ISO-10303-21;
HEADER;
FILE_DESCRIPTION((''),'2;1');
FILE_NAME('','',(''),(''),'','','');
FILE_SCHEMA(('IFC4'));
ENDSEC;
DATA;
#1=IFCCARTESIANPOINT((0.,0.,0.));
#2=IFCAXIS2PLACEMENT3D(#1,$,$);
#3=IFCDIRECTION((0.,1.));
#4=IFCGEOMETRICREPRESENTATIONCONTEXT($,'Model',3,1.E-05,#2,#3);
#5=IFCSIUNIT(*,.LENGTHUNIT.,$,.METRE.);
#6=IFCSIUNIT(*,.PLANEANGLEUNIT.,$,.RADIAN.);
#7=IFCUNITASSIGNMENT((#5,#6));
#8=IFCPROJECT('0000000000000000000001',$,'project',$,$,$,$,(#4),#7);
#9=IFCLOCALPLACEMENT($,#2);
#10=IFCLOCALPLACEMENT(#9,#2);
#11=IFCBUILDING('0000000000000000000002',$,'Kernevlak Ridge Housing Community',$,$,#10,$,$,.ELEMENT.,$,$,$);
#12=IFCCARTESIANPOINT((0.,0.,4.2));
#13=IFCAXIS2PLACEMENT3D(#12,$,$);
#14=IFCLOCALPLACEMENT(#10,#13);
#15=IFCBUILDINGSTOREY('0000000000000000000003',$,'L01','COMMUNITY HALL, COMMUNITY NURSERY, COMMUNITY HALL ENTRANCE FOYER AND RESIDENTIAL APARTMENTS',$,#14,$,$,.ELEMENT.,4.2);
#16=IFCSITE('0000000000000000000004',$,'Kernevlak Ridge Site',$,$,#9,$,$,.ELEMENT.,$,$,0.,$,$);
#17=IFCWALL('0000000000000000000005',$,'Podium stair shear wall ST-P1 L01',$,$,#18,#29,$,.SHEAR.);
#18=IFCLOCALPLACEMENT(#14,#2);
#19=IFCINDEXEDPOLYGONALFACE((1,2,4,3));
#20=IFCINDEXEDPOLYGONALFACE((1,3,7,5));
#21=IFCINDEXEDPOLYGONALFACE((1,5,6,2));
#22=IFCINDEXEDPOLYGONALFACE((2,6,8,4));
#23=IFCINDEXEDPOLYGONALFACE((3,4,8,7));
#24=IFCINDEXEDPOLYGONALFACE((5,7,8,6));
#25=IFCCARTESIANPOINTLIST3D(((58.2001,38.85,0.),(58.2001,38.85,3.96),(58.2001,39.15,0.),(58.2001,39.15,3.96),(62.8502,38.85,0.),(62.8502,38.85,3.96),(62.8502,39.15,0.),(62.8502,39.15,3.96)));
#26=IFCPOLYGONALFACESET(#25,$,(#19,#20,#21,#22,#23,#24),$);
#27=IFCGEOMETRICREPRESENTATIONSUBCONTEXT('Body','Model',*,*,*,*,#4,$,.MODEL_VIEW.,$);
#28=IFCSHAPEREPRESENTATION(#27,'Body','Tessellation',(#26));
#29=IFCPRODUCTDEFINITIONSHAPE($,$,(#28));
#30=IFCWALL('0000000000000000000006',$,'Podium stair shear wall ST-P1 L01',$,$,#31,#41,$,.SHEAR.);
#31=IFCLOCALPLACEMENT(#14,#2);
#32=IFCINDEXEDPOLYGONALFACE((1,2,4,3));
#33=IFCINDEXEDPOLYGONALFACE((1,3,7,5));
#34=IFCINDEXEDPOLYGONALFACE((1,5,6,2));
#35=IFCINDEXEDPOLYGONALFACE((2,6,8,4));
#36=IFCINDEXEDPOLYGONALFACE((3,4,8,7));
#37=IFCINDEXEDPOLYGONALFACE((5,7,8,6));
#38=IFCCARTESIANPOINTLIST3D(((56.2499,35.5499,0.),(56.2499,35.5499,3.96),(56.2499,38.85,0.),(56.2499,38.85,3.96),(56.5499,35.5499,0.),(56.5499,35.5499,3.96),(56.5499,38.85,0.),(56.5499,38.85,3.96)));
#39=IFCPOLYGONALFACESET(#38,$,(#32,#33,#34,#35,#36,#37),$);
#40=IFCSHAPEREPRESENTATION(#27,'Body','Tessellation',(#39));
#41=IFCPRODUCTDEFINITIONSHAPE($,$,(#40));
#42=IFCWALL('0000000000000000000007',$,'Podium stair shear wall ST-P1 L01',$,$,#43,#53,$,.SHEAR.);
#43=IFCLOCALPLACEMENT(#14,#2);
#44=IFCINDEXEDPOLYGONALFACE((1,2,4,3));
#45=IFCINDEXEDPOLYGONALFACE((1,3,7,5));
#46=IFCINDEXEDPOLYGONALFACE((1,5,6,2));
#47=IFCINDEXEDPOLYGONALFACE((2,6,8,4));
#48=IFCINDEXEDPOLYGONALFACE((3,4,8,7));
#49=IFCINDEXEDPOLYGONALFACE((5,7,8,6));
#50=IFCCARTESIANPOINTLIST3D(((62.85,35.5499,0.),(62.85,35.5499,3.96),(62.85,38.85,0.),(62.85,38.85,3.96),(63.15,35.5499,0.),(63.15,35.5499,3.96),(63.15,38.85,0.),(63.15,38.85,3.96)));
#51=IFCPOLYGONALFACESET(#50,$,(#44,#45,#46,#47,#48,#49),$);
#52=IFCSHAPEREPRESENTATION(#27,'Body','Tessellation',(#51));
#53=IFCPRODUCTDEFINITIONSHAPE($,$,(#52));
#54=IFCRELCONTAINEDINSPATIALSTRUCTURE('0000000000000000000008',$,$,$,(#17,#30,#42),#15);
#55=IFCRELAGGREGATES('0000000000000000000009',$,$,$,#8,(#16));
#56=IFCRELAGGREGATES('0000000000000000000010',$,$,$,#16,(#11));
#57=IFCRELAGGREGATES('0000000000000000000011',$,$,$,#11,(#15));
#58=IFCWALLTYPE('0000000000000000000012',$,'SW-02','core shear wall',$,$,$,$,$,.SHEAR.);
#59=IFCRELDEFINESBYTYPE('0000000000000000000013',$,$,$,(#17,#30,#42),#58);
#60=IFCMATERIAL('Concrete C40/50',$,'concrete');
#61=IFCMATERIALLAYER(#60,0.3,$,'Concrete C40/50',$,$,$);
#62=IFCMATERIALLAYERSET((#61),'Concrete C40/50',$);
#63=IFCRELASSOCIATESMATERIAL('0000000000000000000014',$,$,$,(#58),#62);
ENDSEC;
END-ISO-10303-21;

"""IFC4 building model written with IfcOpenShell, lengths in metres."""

from ifc_helpers import new_model, si_unit, direction, frame, frame_2d, origin, place, context, subcontext, project, spatial, rectangle, extrude, material, layer, layer_set, type_object, element, save


model = new_model("IFC4")

# Units and contexts
model_context = context("Model", 3, precision=1e-05, world=origin(), true_north=direction((0.0, 1.0)))
body_context = subcontext(model_context, "Body", "Model", "MODEL_VIEW")
ifc_project = project(units=[si_unit("LENGTHUNIT", "METRE"), si_unit("PLANEANGLEUNIT", "RADIAN")], contexts=[model_context])

# Site, building, storey
site_placement = place(None, origin())
site = spatial("IfcSite", under=ifc_project, at=site_placement, Name="Kernevlak Ridge Site", CompositionType="ELEMENT", RefElevation=0.0)
building_placement = place(site_placement, origin())
building = spatial("IfcBuilding", under=site, at=building_placement, Name="Kernevlak Ridge Housing Community", CompositionType="ELEMENT")
storey_placement = place(building_placement, frame((0.0, 0.0, 4.2)))
storey = spatial("IfcBuildingStorey", under=building, at=storey_placement, Name="L01", Description="COMMUNITY HALL, COMMUNITY NURSERY, COMMUNITY HALL ENTRANCE FOYER AND RESIDENTIAL APARTMENTS", CompositionType="ELEMENT", Elevation=4.2)

# Walls
ifc_material_1 = material(Name="Concrete C40/50", Category="concrete")
ifc_layer_1 = layer(ifc_material_1, 0.3, Name="Concrete C40/50")
ifc_layer_set_1 = layer_set([ifc_layer_1], Name="Concrete C40/50")
wall_type_1 = type_object("IfcWallType", Name="SW-02", Description="core shear wall", PredefinedType="SHEAR", material=ifc_layer_set_1)
wall_1_placement = place(storey_placement, frame((58.2, 39.0, 0.0), z_axis=(0.0, 0.0, 1.0), x_axis=(1.0, 0.0, 0.0)))
element("IfcWall", 1, at=wall_1_placement, inside=storey, type_object=wall_type_1, Name="Podium stair shear wall ST-P1 L01", PredefinedType="SHEAR", context=body_context, shape_type="SweptSolid", body=[
    extrude(rectangle(XDim=4.6501, YDim=0.3, at=frame_2d((2.3252, 0.0))), origin(), (0.0, 0.0, 1.0), 3.96),
])
for number, where, z_axis, x_axis, name in (
    (2, (56.3999, 35.55, 0.0), (0.0, 0.0, 1.0), (0.0, 1.0, 0.0), "Podium stair shear wall ST-P1 L01"),
    (3, (63.0, 35.55, 0.0), (0.0, 0.0, 1.0), (0.0, 1.0, 0.0), "Podium stair shear wall ST-P1 L01"),
):
    element("IfcWall", number, at=place(storey_placement, frame(where, z_axis=z_axis, x_axis=x_axis)), inside=storey, type_object=wall_type_1, Name=name, PredefinedType="SHEAR", context=body_context, shape_type="SweptSolid", body=[
        extrude(rectangle(XDim=3.3, YDim=0.3, at=frame_2d((1.6499, 0.0))), origin(), (0.0, 0.0, 1.0), 3.96),
    ])

save(model, "model.ifc")
